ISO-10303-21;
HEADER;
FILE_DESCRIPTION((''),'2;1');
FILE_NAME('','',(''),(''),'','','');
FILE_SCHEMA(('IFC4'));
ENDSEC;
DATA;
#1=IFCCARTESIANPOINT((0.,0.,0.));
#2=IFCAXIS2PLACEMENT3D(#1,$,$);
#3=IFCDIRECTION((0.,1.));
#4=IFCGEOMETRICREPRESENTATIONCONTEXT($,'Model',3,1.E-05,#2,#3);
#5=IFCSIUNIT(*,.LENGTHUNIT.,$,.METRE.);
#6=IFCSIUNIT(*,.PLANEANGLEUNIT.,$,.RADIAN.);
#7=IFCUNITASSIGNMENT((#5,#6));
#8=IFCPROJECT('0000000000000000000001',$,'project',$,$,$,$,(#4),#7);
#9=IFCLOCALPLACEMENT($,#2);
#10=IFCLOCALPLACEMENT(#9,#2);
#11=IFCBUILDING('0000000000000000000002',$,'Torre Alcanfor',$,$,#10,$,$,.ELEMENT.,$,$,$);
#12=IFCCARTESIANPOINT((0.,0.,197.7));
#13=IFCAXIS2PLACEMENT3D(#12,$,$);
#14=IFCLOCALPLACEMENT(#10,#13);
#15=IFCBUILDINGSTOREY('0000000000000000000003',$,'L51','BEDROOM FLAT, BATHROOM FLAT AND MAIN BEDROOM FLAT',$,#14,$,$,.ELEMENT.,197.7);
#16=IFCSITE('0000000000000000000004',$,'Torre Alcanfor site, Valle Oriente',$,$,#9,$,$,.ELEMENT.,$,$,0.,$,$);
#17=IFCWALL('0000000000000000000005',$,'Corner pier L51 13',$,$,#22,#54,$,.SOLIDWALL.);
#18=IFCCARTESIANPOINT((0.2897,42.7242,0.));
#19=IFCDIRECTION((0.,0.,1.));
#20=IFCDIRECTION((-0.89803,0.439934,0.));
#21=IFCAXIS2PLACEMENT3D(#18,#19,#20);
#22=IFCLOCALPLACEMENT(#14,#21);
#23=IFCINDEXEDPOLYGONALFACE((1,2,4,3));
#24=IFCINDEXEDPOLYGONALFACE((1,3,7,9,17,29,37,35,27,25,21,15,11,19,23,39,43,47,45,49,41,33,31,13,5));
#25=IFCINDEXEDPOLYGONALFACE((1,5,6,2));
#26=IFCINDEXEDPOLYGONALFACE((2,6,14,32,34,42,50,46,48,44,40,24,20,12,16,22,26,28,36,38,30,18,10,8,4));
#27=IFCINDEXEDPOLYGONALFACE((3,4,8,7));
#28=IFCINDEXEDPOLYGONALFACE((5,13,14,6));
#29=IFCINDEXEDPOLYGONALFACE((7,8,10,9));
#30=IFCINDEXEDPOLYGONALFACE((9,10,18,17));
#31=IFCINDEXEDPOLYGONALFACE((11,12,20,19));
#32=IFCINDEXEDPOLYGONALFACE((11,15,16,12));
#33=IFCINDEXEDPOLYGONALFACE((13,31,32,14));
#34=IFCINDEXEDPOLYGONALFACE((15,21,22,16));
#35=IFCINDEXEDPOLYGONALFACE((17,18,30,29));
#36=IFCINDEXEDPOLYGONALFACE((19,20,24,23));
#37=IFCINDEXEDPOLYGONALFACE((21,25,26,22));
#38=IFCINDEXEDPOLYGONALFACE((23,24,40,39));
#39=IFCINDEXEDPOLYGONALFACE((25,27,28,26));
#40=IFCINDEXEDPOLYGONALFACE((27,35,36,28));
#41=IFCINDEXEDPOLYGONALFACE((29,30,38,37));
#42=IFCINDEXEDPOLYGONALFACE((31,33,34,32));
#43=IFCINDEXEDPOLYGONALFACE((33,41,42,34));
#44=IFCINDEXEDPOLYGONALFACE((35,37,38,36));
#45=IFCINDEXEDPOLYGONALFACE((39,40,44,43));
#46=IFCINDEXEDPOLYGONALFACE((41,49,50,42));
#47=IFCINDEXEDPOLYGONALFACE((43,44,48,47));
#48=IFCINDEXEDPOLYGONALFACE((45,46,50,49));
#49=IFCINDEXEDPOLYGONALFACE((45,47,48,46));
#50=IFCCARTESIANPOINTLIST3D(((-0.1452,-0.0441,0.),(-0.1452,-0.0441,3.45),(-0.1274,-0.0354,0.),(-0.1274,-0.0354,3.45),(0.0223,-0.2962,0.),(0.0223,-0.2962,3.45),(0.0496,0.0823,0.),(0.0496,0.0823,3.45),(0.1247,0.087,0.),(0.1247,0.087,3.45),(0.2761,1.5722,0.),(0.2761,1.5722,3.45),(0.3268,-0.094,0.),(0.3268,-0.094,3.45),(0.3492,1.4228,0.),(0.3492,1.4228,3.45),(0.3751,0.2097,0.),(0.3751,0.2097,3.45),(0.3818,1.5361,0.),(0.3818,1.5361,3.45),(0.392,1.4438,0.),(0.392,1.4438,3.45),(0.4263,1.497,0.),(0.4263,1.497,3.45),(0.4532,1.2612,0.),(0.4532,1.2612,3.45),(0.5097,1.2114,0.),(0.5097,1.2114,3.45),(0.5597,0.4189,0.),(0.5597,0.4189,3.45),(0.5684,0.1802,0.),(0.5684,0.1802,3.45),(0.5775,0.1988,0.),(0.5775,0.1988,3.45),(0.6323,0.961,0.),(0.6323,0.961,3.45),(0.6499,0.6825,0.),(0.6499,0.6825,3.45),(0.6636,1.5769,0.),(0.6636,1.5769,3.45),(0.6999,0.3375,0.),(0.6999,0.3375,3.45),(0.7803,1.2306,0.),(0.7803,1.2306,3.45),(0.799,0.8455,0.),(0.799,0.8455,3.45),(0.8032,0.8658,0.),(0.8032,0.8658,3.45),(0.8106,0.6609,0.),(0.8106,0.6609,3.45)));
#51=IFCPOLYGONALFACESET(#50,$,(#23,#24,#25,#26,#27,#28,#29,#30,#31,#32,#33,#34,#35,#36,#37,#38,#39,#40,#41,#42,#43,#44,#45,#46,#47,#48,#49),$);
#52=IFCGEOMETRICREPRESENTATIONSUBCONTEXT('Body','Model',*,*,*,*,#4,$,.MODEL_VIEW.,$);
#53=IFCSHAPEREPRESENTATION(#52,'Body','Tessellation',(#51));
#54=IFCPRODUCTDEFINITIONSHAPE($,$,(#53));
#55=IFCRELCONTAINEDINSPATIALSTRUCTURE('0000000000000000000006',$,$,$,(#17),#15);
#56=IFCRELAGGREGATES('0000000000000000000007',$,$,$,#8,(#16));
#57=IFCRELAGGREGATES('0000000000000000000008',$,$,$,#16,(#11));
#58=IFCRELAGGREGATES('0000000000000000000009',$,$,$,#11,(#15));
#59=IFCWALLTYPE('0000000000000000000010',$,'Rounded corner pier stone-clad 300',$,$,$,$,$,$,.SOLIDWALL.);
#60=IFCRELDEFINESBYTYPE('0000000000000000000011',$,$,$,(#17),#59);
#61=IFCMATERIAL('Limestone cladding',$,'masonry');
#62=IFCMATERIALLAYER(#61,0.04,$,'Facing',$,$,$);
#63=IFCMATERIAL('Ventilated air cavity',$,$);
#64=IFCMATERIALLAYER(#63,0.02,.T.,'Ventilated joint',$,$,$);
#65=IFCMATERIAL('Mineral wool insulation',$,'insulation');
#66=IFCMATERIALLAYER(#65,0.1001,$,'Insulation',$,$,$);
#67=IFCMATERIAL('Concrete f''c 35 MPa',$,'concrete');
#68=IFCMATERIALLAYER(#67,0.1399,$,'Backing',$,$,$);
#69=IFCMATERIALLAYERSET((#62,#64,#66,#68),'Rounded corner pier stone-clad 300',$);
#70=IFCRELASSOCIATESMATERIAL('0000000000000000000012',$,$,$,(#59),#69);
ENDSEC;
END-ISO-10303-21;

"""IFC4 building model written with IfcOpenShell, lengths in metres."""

from ifc_helpers import new_model, si_unit, direction, frame, origin, place, context, subcontext, project, spatial, polyline, outline, extrude, material, layer, layer_set, type_object, element, save


model = new_model("IFC4")

# Units and contexts
model_context = context("Model", 3, precision=1e-05, world=origin(), true_north=direction((0.0, 1.0)))
body_context = subcontext(model_context, "Body", "Model", "MODEL_VIEW")
ifc_project = project(units=[si_unit("LENGTHUNIT", "METRE"), si_unit("PLANEANGLEUNIT", "RADIAN")], contexts=[model_context])

# Site, building, storey
site_placement = place(None, origin())
site = spatial("IfcSite", under=ifc_project, at=site_placement, Name="Torre Alcanfor site, Valle Oriente", CompositionType="ELEMENT", RefElevation=0.0)
building_placement = place(site_placement, origin())
building = spatial("IfcBuilding", under=site, at=building_placement, Name="Torre Alcanfor", CompositionType="ELEMENT")
storey_placement = place(building_placement, frame((0.0, 0.0, 197.7)))
storey = spatial("IfcBuildingStorey", under=building, at=storey_placement, Name="L51", Description="BEDROOM FLAT, BATHROOM FLAT AND MAIN BEDROOM FLAT", CompositionType="ELEMENT", Elevation=197.7)

# Wall
ifc_material_1 = material(Name="Limestone cladding", Category="masonry")
ifc_layer_1 = layer(ifc_material_1, 0.04, Name="Facing")
ifc_material_2 = material(Name="Ventilated air cavity")
ifc_layer_2 = layer(ifc_material_2, 0.02, ventilated=True, Name="Ventilated joint")
ifc_material_3 = material(Name="Mineral wool insulation", Category="insulation")
ifc_layer_3 = layer(ifc_material_3, 0.1001, Name="Insulation")
ifc_material_4 = material(Name="Concrete f'c 35 MPa", Category="concrete")
ifc_layer_4 = layer(ifc_material_4, 0.1399, Name="Backing")
ifc_layer_set_1 = layer_set([ifc_layer_1, ifc_layer_2, ifc_layer_3, ifc_layer_4], Name="Rounded corner pier stone-clad 300")
wall_type_1 = type_object("IfcWallType", Name="Rounded corner pier stone-clad 300", PredefinedType="SOLIDWALL", material=ifc_layer_set_1)
wall_1_placement = place(storey_placement, frame((0.2897, 42.7242, 0.0), z_axis=(0.0, 0.0, 1.0), x_axis=(-0.89803, 0.439934, 0.0)))
element("IfcWall", 1, at=wall_1_placement, inside=storey, type_object=wall_type_1, Name="Corner pier L51 13", PredefinedType="SOLIDWALL", context=body_context, shape_type="SweptSolid", body=[
    extrude(outline(polyline([(-0.1452, -0.0441), (0.0223, -0.2962), (0.3268, -0.094), (0.5684, 0.1802), (0.5775, 0.1988), (0.6999, 0.3375), (0.8106, 0.6609), (0.799, 0.8455), (0.8032, 0.8658), (0.7803, 1.2306), (0.6636, 1.5769), (0.4263, 1.497), (0.3818, 1.5361), (0.2761, 1.5722), (0.3492, 1.4228), (0.392, 1.4438), (0.4532, 1.2612), (0.5097, 1.2114), (0.6323, 0.961), (0.6499, 0.6825), (0.5597, 0.4189), (0.3751, 0.2097), (0.1247, 0.087), (0.0496, 0.0823), (-0.1274, -0.0354), (-0.1452, -0.0441)])), origin(), (0.0, 0.0, 1.0), 3.45),
])

save(model, "model.ifc")
